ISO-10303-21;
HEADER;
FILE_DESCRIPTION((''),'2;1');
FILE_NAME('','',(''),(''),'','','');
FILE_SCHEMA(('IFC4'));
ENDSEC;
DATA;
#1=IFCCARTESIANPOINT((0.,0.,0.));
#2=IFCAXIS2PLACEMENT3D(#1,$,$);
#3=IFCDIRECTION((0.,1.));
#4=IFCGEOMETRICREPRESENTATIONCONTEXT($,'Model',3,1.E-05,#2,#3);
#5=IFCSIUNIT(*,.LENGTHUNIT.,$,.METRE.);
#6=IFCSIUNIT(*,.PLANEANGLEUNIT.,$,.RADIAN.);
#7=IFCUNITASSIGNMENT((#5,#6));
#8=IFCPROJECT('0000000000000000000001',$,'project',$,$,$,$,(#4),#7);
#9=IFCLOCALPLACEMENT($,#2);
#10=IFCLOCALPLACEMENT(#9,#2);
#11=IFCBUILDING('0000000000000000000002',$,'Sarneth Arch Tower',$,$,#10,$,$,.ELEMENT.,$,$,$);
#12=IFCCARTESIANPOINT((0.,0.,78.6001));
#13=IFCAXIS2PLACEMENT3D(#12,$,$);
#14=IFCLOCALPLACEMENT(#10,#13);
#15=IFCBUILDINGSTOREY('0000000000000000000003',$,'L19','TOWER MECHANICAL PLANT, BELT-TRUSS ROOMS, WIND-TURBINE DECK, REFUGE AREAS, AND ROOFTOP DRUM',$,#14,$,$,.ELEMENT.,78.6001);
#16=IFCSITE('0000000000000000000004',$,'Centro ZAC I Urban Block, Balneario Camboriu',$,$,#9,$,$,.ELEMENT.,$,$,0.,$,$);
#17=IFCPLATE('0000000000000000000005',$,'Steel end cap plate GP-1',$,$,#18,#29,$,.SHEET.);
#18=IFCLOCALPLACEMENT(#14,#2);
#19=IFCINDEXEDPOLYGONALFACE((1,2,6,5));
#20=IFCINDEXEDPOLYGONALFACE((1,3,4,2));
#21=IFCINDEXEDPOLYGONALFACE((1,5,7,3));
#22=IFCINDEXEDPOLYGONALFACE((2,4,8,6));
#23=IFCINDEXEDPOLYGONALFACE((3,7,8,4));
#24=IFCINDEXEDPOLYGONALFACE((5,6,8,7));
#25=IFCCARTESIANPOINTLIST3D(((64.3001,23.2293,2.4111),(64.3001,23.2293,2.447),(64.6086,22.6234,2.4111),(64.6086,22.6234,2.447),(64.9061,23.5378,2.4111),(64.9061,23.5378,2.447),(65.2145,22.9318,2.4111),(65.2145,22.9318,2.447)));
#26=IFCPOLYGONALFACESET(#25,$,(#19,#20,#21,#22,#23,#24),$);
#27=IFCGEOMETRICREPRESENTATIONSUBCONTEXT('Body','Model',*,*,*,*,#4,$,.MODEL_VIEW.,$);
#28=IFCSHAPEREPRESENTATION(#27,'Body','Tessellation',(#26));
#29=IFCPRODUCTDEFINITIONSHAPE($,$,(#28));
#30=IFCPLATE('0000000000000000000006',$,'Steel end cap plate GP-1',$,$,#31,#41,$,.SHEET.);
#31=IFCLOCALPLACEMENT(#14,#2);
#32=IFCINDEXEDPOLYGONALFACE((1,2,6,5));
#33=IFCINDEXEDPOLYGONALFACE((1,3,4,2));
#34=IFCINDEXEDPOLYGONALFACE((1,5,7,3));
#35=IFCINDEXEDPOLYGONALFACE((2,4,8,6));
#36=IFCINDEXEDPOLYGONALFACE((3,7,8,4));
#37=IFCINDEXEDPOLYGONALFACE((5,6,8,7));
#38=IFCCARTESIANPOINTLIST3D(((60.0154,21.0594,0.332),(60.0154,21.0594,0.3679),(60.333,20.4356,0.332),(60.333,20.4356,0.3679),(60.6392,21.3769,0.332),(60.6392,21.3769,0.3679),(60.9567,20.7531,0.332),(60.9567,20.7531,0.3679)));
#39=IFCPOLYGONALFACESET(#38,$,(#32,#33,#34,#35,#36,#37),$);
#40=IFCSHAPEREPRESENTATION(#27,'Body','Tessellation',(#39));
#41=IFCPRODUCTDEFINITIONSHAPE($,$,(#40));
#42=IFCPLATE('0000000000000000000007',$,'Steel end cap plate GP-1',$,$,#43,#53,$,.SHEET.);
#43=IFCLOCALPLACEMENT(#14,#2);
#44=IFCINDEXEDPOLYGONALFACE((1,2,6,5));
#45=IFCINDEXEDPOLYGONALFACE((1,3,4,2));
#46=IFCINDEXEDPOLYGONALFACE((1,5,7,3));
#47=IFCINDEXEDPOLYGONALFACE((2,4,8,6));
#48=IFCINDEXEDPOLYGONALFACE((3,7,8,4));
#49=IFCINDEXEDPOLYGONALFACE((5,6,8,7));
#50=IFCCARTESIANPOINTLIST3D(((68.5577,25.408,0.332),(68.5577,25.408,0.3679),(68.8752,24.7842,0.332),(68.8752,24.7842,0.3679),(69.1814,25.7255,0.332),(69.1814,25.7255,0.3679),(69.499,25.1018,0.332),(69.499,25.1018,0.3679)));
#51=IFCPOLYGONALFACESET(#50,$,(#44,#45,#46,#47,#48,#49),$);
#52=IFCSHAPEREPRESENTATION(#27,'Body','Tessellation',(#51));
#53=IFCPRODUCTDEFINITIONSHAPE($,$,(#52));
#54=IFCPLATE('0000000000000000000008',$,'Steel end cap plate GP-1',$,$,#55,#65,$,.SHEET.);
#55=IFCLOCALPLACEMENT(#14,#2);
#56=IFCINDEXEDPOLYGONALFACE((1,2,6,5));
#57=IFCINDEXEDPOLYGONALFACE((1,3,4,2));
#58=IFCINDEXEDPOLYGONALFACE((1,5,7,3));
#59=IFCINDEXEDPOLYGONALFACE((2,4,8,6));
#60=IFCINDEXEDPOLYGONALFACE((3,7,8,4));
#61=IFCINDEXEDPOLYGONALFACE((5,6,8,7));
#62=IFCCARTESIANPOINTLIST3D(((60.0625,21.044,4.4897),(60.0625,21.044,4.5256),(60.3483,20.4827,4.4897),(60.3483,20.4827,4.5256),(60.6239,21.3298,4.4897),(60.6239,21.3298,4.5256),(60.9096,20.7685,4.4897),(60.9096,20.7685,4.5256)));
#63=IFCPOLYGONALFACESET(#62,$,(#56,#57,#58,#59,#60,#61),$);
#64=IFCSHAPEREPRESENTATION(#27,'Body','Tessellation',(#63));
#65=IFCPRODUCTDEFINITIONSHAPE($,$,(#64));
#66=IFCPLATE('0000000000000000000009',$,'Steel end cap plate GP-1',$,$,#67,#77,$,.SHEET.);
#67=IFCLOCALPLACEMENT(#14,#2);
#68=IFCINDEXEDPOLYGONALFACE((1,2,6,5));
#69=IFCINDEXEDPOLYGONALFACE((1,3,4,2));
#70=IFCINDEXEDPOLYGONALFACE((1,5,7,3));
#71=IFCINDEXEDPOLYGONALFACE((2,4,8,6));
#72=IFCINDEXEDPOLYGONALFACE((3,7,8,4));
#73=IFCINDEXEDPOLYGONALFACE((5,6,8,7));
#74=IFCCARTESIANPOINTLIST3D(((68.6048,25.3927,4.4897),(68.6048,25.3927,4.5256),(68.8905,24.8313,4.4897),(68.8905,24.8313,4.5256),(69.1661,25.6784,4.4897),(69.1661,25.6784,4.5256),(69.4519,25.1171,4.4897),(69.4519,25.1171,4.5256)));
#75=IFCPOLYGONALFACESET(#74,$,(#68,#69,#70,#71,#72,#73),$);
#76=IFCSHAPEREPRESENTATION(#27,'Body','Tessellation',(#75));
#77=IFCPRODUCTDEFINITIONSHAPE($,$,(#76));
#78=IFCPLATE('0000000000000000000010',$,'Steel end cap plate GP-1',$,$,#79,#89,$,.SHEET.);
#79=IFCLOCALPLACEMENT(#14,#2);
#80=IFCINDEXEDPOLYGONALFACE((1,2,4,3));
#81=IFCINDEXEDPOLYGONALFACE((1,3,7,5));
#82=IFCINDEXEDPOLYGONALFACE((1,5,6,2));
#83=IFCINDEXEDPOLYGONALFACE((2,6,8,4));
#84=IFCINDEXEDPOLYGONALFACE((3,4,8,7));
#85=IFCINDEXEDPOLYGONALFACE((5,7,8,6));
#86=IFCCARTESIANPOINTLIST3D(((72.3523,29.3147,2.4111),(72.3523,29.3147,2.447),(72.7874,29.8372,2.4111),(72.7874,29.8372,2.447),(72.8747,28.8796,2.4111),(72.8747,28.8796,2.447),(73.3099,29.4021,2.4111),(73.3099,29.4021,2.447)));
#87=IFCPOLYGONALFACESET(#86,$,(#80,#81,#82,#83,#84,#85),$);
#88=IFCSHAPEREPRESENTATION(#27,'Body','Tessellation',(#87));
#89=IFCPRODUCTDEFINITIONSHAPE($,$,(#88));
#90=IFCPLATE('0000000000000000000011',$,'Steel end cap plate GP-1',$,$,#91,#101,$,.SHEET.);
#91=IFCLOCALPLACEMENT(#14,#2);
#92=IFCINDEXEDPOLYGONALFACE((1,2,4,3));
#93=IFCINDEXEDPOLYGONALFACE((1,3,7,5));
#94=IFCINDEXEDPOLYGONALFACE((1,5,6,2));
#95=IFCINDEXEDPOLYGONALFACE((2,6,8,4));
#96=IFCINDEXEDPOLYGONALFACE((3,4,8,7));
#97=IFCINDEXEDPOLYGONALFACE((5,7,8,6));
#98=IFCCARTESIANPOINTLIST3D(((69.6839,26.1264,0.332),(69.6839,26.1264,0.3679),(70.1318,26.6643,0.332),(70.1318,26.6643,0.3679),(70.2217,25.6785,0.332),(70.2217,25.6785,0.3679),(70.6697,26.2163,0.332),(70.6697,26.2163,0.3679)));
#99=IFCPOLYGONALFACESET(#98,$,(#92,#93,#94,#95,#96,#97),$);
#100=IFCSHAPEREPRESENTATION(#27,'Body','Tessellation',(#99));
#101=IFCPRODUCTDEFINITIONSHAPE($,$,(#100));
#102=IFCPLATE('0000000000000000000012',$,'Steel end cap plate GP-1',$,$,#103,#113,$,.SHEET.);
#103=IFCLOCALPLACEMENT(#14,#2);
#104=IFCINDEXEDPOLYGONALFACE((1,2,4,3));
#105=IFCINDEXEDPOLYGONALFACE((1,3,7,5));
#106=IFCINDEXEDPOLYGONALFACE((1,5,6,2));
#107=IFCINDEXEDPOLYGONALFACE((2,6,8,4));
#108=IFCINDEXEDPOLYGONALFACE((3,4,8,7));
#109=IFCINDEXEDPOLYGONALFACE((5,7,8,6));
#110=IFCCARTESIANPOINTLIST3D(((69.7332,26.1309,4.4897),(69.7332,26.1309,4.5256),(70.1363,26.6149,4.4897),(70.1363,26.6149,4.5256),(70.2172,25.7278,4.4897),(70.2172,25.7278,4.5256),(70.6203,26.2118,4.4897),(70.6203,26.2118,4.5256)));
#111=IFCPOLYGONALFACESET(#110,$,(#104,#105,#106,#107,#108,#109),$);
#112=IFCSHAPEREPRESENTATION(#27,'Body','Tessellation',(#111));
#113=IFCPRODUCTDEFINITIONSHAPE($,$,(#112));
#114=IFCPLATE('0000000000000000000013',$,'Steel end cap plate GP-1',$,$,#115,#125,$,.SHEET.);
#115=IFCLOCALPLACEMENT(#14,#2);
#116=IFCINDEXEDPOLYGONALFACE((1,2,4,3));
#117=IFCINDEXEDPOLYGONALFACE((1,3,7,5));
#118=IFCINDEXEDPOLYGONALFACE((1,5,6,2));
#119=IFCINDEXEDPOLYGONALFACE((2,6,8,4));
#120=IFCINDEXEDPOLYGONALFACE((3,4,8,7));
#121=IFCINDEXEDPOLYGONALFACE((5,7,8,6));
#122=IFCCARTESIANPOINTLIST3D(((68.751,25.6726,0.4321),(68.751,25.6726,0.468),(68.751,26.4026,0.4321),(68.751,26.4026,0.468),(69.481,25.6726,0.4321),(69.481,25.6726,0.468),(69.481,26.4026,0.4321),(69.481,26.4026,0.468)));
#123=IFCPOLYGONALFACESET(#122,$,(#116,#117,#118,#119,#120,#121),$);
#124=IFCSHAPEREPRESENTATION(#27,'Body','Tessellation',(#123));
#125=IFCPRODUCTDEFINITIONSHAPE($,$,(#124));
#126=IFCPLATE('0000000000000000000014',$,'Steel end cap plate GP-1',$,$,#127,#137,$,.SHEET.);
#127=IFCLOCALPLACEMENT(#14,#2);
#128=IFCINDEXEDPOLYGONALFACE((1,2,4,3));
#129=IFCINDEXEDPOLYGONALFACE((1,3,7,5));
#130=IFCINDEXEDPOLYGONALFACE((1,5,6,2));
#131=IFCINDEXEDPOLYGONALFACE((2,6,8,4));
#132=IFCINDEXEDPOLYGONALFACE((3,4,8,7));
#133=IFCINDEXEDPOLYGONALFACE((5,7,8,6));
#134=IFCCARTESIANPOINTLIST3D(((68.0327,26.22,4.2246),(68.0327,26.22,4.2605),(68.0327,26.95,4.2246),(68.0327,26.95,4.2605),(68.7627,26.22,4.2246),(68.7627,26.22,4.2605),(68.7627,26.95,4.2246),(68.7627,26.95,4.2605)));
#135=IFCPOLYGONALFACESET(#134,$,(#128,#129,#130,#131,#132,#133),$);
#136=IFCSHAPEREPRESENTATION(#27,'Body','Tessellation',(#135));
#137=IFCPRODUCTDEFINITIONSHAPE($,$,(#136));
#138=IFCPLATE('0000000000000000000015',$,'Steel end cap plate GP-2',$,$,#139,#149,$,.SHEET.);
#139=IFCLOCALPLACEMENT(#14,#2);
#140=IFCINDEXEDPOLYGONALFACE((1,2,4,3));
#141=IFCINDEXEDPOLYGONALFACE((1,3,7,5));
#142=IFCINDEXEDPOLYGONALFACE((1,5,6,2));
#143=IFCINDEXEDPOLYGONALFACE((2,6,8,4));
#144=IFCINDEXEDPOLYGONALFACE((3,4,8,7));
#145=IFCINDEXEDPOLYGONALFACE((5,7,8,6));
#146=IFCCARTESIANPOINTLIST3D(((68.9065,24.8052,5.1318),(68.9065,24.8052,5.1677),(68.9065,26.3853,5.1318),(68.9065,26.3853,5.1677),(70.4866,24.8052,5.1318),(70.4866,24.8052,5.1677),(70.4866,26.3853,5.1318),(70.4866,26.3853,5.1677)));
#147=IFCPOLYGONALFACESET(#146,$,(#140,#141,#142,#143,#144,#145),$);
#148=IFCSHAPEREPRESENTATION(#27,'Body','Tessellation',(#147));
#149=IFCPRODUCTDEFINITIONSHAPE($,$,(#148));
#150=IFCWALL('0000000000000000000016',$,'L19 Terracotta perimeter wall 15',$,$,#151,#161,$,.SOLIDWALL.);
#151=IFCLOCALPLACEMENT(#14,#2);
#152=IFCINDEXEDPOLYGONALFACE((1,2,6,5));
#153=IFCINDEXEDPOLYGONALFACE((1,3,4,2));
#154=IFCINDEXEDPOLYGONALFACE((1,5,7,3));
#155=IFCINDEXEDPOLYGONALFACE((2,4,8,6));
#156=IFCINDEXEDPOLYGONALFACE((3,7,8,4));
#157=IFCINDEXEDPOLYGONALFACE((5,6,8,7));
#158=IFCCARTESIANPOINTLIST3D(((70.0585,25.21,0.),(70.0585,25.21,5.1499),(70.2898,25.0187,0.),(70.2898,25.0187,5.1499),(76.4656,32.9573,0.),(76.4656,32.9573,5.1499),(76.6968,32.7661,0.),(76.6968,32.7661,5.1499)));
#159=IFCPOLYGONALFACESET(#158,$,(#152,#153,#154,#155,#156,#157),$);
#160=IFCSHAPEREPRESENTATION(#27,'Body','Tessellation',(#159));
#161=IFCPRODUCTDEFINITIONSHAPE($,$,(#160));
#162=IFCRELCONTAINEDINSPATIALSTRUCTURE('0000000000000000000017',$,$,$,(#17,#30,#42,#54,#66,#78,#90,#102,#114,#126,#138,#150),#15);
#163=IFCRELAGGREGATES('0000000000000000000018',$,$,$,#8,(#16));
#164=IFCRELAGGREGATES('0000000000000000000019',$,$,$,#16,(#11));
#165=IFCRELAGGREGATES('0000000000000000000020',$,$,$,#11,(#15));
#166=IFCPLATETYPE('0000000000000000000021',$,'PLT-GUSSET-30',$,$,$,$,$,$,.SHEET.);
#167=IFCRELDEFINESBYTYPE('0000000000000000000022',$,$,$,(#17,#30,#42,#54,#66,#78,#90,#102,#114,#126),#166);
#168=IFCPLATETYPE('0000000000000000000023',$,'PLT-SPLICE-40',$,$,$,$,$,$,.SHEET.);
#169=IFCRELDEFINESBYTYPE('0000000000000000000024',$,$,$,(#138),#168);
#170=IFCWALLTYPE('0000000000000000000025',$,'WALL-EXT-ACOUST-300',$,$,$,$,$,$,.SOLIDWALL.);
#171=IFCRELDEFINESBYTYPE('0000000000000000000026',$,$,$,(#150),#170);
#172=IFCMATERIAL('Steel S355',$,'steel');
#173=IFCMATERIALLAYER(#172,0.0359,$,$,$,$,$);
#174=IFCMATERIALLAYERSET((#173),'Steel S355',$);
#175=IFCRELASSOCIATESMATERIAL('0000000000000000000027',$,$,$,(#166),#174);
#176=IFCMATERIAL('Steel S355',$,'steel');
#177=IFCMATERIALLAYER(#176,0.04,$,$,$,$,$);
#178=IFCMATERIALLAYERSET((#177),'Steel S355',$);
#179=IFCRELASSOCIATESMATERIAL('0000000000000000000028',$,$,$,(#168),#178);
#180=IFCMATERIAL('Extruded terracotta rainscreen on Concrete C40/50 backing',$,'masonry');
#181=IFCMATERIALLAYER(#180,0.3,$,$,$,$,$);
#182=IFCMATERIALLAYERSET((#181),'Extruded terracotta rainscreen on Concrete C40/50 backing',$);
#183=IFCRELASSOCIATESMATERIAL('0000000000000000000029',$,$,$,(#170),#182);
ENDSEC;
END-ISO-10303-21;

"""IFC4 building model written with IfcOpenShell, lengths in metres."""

from ifc_helpers import new_model, si_unit, direction, frame, frame_2d, origin, origin_2d, place, context, subcontext, project, spatial, rectangle, extrude, material, layer, layer_set, type_object, element, save


model = new_model("IFC4")

# Units and contexts
model_context = context("Model", 3, precision=1e-05, world=origin(), true_north=direction((0.0, 1.0)))
body_context = subcontext(model_context, "Body", "Model", "MODEL_VIEW")
ifc_project = project(units=[si_unit("LENGTHUNIT", "METRE"), si_unit("PLANEANGLEUNIT", "RADIAN")], contexts=[model_context])

# Site, building, storey
site_placement = place(None, origin())
site = spatial("IfcSite", under=ifc_project, at=site_placement, Name="Centro ZAC I Urban Block, Balneario Camboriu", CompositionType="ELEMENT", RefElevation=0.0)
building_placement = place(site_placement, origin())
building = spatial("IfcBuilding", under=site, at=building_placement, Name="Sarneth Arch Tower", CompositionType="ELEMENT")
storey_placement = place(building_placement, frame((0.0, 0.0, 78.6001)))
storey = spatial("IfcBuildingStorey", under=building, at=storey_placement, Name="L19", Description="TOWER MECHANICAL PLANT, BELT-TRUSS ROOMS, WIND-TURBINE DECK, REFUGE AREAS, AND ROOFTOP DRUM", CompositionType="ELEMENT", Elevation=78.6001)

# Plates
ifc_material_1 = material(Name="Steel S355", Category="steel")
ifc_layer_1 = layer(ifc_material_1, 0.0359)
ifc_layer_set_1 = layer_set([ifc_layer_1], Name="Steel S355")
plate_type_1 = type_object("IfcPlateType", Name="PLT-GUSSET-30", PredefinedType="SHEET", material=ifc_layer_set_1)
plate_1_placement = place(storey_placement, frame((64.7573, 23.0806, 2.4111), z_axis=(0.0, 0.0, 1.0), x_axis=(0.891165, 0.453679, 0.0)))
element("IfcPlate", 1, at=plate_1_placement, inside=storey, type_object=plate_type_1, Name="Steel end cap plate GP-1", PredefinedType="SHEET", context=body_context, shape_type="SweptSolid", body=[
    extrude(rectangle(XDim=0.6799, YDim=0.6799, at=origin_2d()), origin(), (0.0, 0.0, 1.0), 0.0359),
])
for number, where, z_axis, x_axis, name in (
    (2, (60.4861, 20.9062, 0.332), (0.0, 0.0, 1.0), (-0.891165, -0.453679, 0.0), "Steel end cap plate GP-1"),
    (3, (69.0283, 25.2549, 0.332), (0.0, 0.0, 1.0), (0.891165, 0.453679, 0.0), "Steel end cap plate GP-1"),
):
    element("IfcPlate", number, at=place(storey_placement, frame(where, z_axis=z_axis, x_axis=x_axis)), inside=storey, type_object=plate_type_1, Name=name, PredefinedType="SHEET", context=body_context, shape_type="SweptSolid", body=[
        extrude(rectangle(XDim=0.7, YDim=0.7, at=origin_2d()), origin(), (0.0, 0.0, 1.0), 0.0359),
    ])
for number, where, z_axis, x_axis, name in (
    (4, (60.4861, 20.9062, 4.4897), (0.0, 0.0, 1.0), (-0.891165, -0.453679, 0.0), "Steel end cap plate GP-1"),
    (5, (69.0283, 25.2549, 4.4897), (0.0, 0.0, 1.0), (0.891165, 0.453679, 0.0), "Steel end cap plate GP-1"),
):
    element("IfcPlate", number, at=place(storey_placement, frame(where, z_axis=z_axis, x_axis=x_axis)), inside=storey, type_object=plate_type_1, Name=name, PredefinedType="SHEET", context=body_context, shape_type="SweptSolid", body=[
        extrude(rectangle(XDim=0.6299, YDim=0.6299, at=origin_2d()), origin(), (0.0, 0.0, 1.0), 0.0359),
    ])
plate_2_placement = place(storey_placement, frame((72.8311, 29.3584, 2.4111), z_axis=(0.0, 0.0, 1.0), x_axis=(0.639976, 0.768395, 0.0)))
element("IfcPlate", 6, at=plate_2_placement, inside=storey, type_object=plate_type_1, Name="Steel end cap plate GP-1", PredefinedType="SHEET", context=body_context, shape_type="SweptSolid", body=[
    extrude(rectangle(XDim=0.6799, YDim=0.6799, at=origin_2d()), origin(), (0.0, 0.0, 1.0), 0.0359),
])
plate_3_placement = place(storey_placement, frame((70.1768, 26.1714, 0.332), z_axis=(0.0, 0.0, 1.0), x_axis=(-0.639976, -0.768395, 0.0)))
element("IfcPlate", 7, at=plate_3_placement, inside=storey, type_object=plate_type_1, Name="Steel end cap plate GP-1", PredefinedType="SHEET", context=body_context, shape_type="SweptSolid", body=[
    extrude(rectangle(XDim=0.7, YDim=0.7, at=origin_2d()), origin(), (0.0, 0.0, 1.0), 0.0359),
])
plate_4_placement = place(storey_placement, frame((70.1768, 26.1714, 4.4897), z_axis=(0.0, 0.0, 1.0), x_axis=(-0.639976, -0.768395, 0.0)))
element("IfcPlate", 8, at=plate_4_placement, inside=storey, type_object=plate_type_1, Name="Steel end cap plate GP-1", PredefinedType="SHEET", context=body_context, shape_type="SweptSolid", body=[
    extrude(rectangle(XDim=0.6299, YDim=0.6299, at=origin_2d()), origin(), (0.0, 0.0, 1.0), 0.0359),
])
for number, where, z_axis, x_axis, name in (
    (9, (69.116, 26.0376, 0.4321), (0.0, 0.0, 1.0), (1.0, 0.0, 0.0), "Steel end cap plate GP-1"),
    (10, (68.3977, 26.585, 4.2246), (0.0, 0.0, 1.0), (1.0, 0.0, 0.0), "Steel end cap plate GP-1"),
):
    element("IfcPlate", number, at=place(storey_placement, frame(where, z_axis=z_axis, x_axis=x_axis)), inside=storey, type_object=plate_type_1, Name=name, PredefinedType="SHEET", context=body_context, shape_type="SweptSolid", body=[
        extrude(rectangle(XDim=0.73, YDim=0.73, at=origin_2d()), origin(), (0.0, 0.0, 1.0), 0.0359),
    ])
ifc_material_2 = material(Name="Steel S355", Category="steel")
ifc_layer_2 = layer(ifc_material_2, 0.04)
ifc_layer_set_2 = layer_set([ifc_layer_2], Name="Steel S355")
plate_type_2 = type_object("IfcPlateType", Name="PLT-SPLICE-40", PredefinedType="SHEET", material=ifc_layer_set_2)
plate_5_placement = place(storey_placement, frame((69.6965, 25.5952, 5.1318), z_axis=(0.0, 0.0, 1.0), x_axis=(1.0, 0.0, 0.0)))
element("IfcPlate", 11, at=plate_5_placement, inside=storey, type_object=plate_type_2, Name="Steel end cap plate GP-2", PredefinedType="SHEET", context=body_context, shape_type="SweptSolid", body=[
    extrude(rectangle(XDim=1.5801, YDim=1.5801, at=origin_2d()), origin(), (0.0, 0.0, 1.0), 0.0359),
])

# Wall
ifc_material_3 = material(Name="Extruded terracotta rainscreen on Concrete C40/50 backing", Category="masonry")
ifc_layer_3 = layer(ifc_material_3, 0.3)
ifc_layer_set_3 = layer_set([ifc_layer_3], Name="Extruded terracotta rainscreen on Concrete C40/50 backing")
wall_type = type_object("IfcWallType", Name="WALL-EXT-ACOUST-300", PredefinedType="SOLIDWALL", material=ifc_layer_set_3)
wall_placement = place(storey_placement, frame((70.1741, 25.1143, 0.0), z_axis=(0.0, 0.0, 1.0), x_axis=(0.637297, 0.770618, 0.0)))
element("IfcWall", 12, at=wall_placement, inside=storey, type_object=wall_type, Name="L19 Terracotta perimeter wall 15", PredefinedType="SOLIDWALL", context=body_context, shape_type="SweptSolid", body=[
    extrude(rectangle(XDim=10.0535, YDim=0.3, at=frame_2d((5.0269, 0.0))), origin(), (0.0, 0.0, 1.0), 5.1499),
])

save(model, "model.ifc")
